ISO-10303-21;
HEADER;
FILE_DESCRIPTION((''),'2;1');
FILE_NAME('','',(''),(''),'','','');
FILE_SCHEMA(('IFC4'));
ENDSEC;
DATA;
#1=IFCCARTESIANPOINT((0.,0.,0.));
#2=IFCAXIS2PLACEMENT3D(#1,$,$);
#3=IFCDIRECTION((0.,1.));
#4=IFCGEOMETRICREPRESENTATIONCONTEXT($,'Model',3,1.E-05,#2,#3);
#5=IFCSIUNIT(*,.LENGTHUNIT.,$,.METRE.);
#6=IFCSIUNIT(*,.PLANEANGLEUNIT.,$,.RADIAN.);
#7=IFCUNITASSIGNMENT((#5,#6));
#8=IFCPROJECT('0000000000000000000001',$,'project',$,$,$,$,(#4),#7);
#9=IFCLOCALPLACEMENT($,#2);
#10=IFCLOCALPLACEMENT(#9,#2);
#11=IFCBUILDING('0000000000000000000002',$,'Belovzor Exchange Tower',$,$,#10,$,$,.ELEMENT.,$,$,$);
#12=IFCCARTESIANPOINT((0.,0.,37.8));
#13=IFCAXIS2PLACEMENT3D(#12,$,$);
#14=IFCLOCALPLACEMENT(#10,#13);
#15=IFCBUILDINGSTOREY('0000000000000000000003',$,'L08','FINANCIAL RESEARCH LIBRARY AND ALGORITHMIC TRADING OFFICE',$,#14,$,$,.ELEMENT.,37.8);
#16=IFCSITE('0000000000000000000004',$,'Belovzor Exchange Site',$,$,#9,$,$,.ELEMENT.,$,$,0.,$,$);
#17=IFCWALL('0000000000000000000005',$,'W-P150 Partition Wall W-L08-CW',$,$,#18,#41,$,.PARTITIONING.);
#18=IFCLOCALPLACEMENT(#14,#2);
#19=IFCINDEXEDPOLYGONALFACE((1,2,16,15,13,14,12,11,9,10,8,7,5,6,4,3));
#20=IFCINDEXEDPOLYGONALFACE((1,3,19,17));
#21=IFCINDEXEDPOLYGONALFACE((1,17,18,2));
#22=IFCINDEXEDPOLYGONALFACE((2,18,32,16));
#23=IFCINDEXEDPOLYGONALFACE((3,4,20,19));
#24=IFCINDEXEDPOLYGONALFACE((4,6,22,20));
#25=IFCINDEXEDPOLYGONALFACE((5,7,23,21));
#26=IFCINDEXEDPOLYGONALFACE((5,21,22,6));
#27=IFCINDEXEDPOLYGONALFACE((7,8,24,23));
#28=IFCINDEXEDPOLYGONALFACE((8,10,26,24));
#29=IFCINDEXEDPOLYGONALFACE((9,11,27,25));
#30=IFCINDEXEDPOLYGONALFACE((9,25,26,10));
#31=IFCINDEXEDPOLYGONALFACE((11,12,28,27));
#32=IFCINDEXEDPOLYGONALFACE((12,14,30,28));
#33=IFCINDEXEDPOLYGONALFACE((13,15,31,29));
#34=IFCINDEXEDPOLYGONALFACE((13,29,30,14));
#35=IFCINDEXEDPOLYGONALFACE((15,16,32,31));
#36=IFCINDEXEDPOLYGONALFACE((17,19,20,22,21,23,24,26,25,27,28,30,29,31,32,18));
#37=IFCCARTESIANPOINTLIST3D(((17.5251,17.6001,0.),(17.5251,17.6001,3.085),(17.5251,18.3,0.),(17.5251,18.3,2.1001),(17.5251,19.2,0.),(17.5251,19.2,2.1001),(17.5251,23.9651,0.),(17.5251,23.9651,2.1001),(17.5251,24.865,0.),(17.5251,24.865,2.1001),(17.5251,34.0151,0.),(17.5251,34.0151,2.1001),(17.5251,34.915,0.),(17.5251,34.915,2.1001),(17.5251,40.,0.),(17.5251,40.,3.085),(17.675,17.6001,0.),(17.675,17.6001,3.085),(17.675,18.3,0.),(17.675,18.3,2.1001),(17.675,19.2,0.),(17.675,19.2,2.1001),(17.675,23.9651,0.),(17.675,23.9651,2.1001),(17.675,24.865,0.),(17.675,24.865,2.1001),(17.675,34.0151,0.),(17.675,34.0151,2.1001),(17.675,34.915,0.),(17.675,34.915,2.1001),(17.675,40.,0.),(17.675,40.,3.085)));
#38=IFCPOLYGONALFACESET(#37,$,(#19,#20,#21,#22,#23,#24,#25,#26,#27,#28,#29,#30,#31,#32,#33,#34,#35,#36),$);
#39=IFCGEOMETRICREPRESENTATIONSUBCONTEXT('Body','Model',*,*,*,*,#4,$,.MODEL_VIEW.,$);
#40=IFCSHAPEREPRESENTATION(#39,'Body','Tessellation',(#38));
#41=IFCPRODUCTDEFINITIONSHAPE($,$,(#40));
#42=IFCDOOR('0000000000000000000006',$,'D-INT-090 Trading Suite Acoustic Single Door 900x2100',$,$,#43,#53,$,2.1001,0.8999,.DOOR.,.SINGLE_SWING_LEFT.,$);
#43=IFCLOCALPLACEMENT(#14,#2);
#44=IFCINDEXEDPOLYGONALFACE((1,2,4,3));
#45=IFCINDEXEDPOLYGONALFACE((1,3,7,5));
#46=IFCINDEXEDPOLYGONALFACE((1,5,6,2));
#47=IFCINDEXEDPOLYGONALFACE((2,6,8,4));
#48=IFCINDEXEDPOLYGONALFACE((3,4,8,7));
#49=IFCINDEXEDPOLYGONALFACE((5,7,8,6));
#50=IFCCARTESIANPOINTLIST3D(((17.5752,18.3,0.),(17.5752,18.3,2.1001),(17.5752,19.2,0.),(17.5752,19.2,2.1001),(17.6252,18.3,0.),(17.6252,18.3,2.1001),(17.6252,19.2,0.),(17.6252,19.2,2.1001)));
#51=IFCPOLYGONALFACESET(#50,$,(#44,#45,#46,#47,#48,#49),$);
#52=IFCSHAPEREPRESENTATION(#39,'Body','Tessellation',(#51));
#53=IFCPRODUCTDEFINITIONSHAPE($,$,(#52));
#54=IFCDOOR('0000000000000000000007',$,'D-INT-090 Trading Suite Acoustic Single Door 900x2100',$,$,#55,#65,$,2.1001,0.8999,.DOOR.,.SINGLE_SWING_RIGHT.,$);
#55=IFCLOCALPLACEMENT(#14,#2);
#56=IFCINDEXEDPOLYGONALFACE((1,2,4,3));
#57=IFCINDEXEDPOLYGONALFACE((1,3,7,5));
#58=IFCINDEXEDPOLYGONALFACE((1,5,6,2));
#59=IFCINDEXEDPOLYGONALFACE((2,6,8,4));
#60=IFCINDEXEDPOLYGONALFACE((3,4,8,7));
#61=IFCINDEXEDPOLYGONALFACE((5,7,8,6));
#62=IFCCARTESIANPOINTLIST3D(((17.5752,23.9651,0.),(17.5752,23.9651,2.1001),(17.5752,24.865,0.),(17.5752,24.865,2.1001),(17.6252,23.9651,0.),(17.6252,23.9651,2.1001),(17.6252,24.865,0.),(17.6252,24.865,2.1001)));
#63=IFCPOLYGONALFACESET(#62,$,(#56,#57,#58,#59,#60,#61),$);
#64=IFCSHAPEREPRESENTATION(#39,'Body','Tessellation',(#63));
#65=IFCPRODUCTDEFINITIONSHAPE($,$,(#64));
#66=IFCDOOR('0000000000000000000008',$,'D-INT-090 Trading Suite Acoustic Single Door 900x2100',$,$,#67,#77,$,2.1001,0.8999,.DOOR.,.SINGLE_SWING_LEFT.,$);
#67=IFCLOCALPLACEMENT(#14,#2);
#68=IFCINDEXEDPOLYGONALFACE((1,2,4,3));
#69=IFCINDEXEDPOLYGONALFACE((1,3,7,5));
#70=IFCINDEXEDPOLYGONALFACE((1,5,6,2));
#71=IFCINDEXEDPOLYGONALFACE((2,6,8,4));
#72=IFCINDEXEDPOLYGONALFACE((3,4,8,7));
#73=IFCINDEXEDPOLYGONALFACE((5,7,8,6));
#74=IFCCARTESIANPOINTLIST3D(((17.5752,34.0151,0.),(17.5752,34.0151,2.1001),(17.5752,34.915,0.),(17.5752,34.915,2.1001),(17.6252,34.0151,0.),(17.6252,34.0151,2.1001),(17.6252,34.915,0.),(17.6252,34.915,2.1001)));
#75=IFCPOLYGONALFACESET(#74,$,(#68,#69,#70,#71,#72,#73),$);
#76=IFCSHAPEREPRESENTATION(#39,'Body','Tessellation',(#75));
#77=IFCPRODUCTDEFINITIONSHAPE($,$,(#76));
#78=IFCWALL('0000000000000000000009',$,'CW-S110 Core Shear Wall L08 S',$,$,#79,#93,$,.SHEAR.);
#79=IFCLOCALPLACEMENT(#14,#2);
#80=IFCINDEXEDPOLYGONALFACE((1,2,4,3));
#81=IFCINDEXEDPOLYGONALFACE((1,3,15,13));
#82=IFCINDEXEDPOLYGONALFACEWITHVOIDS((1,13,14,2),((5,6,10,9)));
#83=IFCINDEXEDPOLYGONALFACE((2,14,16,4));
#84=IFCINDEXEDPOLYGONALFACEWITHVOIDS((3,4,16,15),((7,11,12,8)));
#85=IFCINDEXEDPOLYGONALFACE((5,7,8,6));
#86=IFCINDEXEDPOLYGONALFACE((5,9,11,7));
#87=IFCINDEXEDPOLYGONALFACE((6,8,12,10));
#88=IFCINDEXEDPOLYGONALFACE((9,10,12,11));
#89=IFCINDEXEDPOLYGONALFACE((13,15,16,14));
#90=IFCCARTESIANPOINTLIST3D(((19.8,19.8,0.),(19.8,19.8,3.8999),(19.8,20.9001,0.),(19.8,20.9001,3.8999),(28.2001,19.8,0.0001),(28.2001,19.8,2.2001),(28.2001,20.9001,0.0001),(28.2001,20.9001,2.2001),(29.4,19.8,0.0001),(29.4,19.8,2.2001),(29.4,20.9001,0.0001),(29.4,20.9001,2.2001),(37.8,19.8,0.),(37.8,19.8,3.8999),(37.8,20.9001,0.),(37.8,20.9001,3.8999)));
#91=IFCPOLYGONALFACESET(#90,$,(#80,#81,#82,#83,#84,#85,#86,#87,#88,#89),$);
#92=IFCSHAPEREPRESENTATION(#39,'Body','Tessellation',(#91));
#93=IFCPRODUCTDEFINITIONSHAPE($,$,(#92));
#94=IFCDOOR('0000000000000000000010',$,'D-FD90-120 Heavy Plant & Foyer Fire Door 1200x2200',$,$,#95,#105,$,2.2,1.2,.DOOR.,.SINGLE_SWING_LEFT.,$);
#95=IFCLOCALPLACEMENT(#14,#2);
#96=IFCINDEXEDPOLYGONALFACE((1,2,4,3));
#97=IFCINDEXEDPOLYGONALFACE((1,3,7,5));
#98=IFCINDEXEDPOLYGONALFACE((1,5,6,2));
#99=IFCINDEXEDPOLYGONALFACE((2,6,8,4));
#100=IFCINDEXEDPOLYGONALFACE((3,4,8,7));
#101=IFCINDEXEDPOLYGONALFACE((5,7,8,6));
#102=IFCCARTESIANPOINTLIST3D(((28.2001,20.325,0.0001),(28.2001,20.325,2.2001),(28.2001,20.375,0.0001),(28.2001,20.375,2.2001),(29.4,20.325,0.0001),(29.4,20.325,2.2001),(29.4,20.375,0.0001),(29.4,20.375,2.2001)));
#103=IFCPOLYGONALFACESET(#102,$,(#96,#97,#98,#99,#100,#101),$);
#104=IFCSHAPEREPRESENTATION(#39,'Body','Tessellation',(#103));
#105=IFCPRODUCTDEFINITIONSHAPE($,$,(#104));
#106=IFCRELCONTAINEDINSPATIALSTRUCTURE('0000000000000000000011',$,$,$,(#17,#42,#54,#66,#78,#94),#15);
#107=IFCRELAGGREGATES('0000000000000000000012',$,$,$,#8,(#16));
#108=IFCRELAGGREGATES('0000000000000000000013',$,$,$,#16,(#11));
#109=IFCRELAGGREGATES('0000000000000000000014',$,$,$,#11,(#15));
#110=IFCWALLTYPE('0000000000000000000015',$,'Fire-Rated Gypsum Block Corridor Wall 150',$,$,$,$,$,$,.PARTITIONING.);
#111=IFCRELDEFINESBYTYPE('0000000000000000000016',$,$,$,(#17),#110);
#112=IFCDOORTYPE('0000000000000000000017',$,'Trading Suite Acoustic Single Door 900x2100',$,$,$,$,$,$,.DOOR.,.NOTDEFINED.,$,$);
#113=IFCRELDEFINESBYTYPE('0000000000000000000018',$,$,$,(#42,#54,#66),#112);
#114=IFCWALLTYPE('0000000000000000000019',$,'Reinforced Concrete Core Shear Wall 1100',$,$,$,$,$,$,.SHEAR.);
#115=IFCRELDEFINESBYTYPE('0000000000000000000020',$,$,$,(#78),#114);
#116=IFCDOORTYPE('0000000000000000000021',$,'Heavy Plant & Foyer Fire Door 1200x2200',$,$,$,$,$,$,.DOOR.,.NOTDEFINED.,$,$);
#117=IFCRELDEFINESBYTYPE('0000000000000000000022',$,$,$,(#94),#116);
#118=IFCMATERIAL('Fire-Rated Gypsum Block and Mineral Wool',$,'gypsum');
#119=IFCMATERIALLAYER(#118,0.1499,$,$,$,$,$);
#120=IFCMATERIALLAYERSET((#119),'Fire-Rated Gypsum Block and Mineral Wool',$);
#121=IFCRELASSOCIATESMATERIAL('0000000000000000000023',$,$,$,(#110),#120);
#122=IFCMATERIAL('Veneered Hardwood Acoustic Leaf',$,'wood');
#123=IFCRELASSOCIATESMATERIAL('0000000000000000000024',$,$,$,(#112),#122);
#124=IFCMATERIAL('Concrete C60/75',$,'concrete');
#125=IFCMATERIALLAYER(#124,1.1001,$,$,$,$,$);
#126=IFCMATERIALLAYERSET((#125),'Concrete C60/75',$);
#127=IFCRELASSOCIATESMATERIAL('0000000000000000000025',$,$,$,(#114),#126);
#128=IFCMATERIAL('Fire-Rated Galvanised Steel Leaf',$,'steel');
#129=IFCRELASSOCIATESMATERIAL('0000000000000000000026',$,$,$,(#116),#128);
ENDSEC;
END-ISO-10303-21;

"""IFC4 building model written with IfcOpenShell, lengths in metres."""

from ifc_helpers import new_model, si_unit, direction, frame, frame_2d, origin, place, context, subcontext, project, spatial, rectangle, extrude, material, layer, layer_set, type_object, element, fill, save


model = new_model("IFC4")

# Units and contexts
model_context = context("Model", 3, precision=1e-05, world=origin(), true_north=direction((0.0, 1.0)))
body_context = subcontext(model_context, "Body", "Model", "MODEL_VIEW")
ifc_project = project(units=[si_unit("LENGTHUNIT", "METRE"), si_unit("PLANEANGLEUNIT", "RADIAN")], contexts=[model_context])

# Site, building, storey
site_placement = place(None, origin())
site = spatial("IfcSite", under=ifc_project, at=site_placement, Name="Belovzor Exchange Site", CompositionType="ELEMENT", RefElevation=0.0)
building_placement = place(site_placement, origin())
building = spatial("IfcBuilding", under=site, at=building_placement, Name="Belovzor Exchange Tower", CompositionType="ELEMENT")
storey_placement = place(building_placement, frame((0.0, 0.0, 37.8)))
storey = spatial("IfcBuildingStorey", under=building, at=storey_placement, Name="L08", Description="FINANCIAL RESEARCH LIBRARY AND ALGORITHMIC TRADING OFFICE", CompositionType="ELEMENT", Elevation=37.8)

# Wall, openings, doors
ifc_material_1 = material(Name="Fire-Rated Gypsum Block and Mineral Wool", Category="gypsum")
ifc_layer_1 = layer(ifc_material_1, 0.1499)
ifc_layer_set_1 = layer_set([ifc_layer_1], Name="Fire-Rated Gypsum Block and Mineral Wool")
wall_type_1 = type_object("IfcWallType", Name="Fire-Rated Gypsum Block Corridor Wall 150", PredefinedType="PARTITIONING", material=ifc_layer_set_1)
ifc_material_2 = material(Name="Veneered Hardwood Acoustic Leaf", Category="wood")
door_type_1 = type_object("IfcDoorType", Name="Trading Suite Acoustic Single Door 900x2100", OperationType="NOTDEFINED", PredefinedType="DOOR", material=ifc_material_2)
wall_1_placement = place(storey_placement, frame((17.6001, 17.6001, 0.0), z_axis=(0.0, 0.0, 1.0), x_axis=(0.0, 1.0, 0.0)))
wall_1 = element("IfcWall", 1, at=wall_1_placement, inside=storey, type_object=wall_type_1, Name="W-P150 Partition Wall W-L08-CW", PredefinedType="PARTITIONING", context=body_context, shape_type="SweptSolid", body=[
    extrude(rectangle(XDim=22.3999, YDim=0.1499, at=frame_2d((11.2, 0.0))), origin(), (0.0, 0.0, 1.0), 3.085),
])
opening_1_placement = place(wall_1_placement, frame((0.7, 0.0, 0.0)))
opening_1 = element("IfcOpeningElement", 2, at=opening_1_placement, cuts=wall_1, PredefinedType="OPENING", context=body_context, shape_type="SweptSolid", body=[
    extrude(rectangle(XDim=0.8999, YDim=2.1001, at=frame_2d((0.45, 1.05))), frame((0.0, 0.085, 0.0), z_axis=(0.0, -1.0, 0.0), x_axis=(1.0, 0.0, 0.0)), (0.0, 0.0, 1.0), 0.1699),
])
opening_2_placement = place(wall_1_placement, frame((6.365, 0.0, 0.0)))
opening_2 = element("IfcOpeningElement", 3, at=opening_2_placement, cuts=wall_1, PredefinedType="OPENING", context=body_context, shape_type="SweptSolid", body=[
    extrude(rectangle(XDim=0.8999, YDim=2.1001, at=frame_2d((0.45, 1.05))), frame((0.0, 0.085, 0.0), z_axis=(0.0, -1.0, 0.0), x_axis=(1.0, 0.0, 0.0)), (0.0, 0.0, 1.0), 0.1699),
])
opening_3_placement = place(wall_1_placement, frame((16.415, 0.0, 0.0)))
opening_3 = element("IfcOpeningElement", 4, at=opening_3_placement, cuts=wall_1, PredefinedType="OPENING", context=body_context, shape_type="SweptSolid", body=[
    extrude(rectangle(XDim=0.8999, YDim=2.1001, at=frame_2d((0.45, 1.05))), frame((0.0, 0.085, 0.0), z_axis=(0.0, -1.0, 0.0), x_axis=(1.0, 0.0, 0.0)), (0.0, 0.0, 1.0), 0.1699),
])
door_1_placement = place(opening_1_placement, origin())
door_1 = element("IfcDoor", 5, at=door_1_placement, inside=storey, type_object=door_type_1, Name="D-INT-090 Trading Suite Acoustic Single Door 900x2100", OperationType="SINGLE_SWING_LEFT", OverallHeight=2.1001, OverallWidth=0.8999, PredefinedType="DOOR", context=body_context, shape_type="SweptSolid", body=[
    extrude(rectangle(XDim=0.8999, YDim=2.1001, at=frame_2d((0.45, 1.05))), frame((0.0, 0.0249, 0.0), z_axis=(0.0, -1.0, 0.0), x_axis=(1.0, 0.0, 0.0)), (0.0, 0.0, 1.0), 0.05),
])
fill(opening_1, door_1)
door_2_placement = place(opening_2_placement, origin())
door_2 = element("IfcDoor", 6, at=door_2_placement, inside=storey, type_object=door_type_1, Name="D-INT-090 Trading Suite Acoustic Single Door 900x2100", OperationType="SINGLE_SWING_RIGHT", OverallHeight=2.1001, OverallWidth=0.8999, PredefinedType="DOOR", context=body_context, shape_type="SweptSolid", body=[
    extrude(rectangle(XDim=0.8999, YDim=2.1001, at=frame_2d((0.45, 1.05))), frame((0.0, 0.0249, 0.0), z_axis=(0.0, -1.0, 0.0), x_axis=(1.0, 0.0, 0.0)), (0.0, 0.0, 1.0), 0.05),
])
fill(opening_2, door_2)
door_3_placement = place(opening_3_placement, origin())
door_3 = element("IfcDoor", 7, at=door_3_placement, inside=storey, type_object=door_type_1, Name="D-INT-090 Trading Suite Acoustic Single Door 900x2100", OperationType="SINGLE_SWING_LEFT", OverallHeight=2.1001, OverallWidth=0.8999, PredefinedType="DOOR", context=body_context, shape_type="SweptSolid", body=[
    extrude(rectangle(XDim=0.8999, YDim=2.1001, at=frame_2d((0.45, 1.05))), frame((0.0, 0.0249, 0.0), z_axis=(0.0, -1.0, 0.0), x_axis=(1.0, 0.0, 0.0)), (0.0, 0.0, 1.0), 0.05),
])
fill(opening_3, door_3)

# Wall, opening, door
ifc_material_3 = material(Name="Concrete C60/75", Category="concrete")
ifc_layer_2 = layer(ifc_material_3, 1.1001)
ifc_layer_set_2 = layer_set([ifc_layer_2], Name="Concrete C60/75")
wall_type_2 = type_object("IfcWallType", Name="Reinforced Concrete Core Shear Wall 1100", PredefinedType="SHEAR", material=ifc_layer_set_2)
wall_2_placement = place(storey_placement, frame((19.8, 20.3501, 0.0), z_axis=(0.0, 0.0, 1.0), x_axis=(1.0, 0.0, 0.0)))
wall_2 = element("IfcWall", 8, at=wall_2_placement, inside=storey, type_object=wall_type_2, Name="CW-S110 Core Shear Wall L08 S", PredefinedType="SHEAR", context=body_context, shape_type="SweptSolid", body=[
    extrude(rectangle(XDim=18.0, YDim=1.1001, at=frame_2d((9.0, 0.0))), origin(), (0.0, 0.0, 1.0), 3.8999),
])
opening_4_placement = place(wall_2_placement, frame((8.3999, 0.0, 0.0)))
opening_4 = element("IfcOpeningElement", 9, at=opening_4_placement, cuts=wall_2, PredefinedType="OPENING", context=body_context, shape_type="SweptSolid", body=[
    extrude(rectangle(XDim=1.2, YDim=2.2, at=frame_2d((0.6001, 1.1001))), frame((0.0, 0.5601, 0.0), z_axis=(0.0, -1.0, 0.0), x_axis=(1.0, 0.0, 0.0)), (0.0, 0.0, 1.0), 1.1201),
])
ifc_material_4 = material(Name="Fire-Rated Galvanised Steel Leaf", Category="steel")
door_type_2 = type_object("IfcDoorType", Name="Heavy Plant & Foyer Fire Door 1200x2200", OperationType="NOTDEFINED", PredefinedType="DOOR", material=ifc_material_4)
door_4_placement = place(opening_4_placement, origin())
door_4 = element("IfcDoor", 10, at=door_4_placement, inside=storey, type_object=door_type_2, Name="D-FD90-120 Heavy Plant & Foyer Fire Door 1200x2200", OperationType="SINGLE_SWING_LEFT", OverallHeight=2.2, OverallWidth=1.2, PredefinedType="DOOR", context=body_context, shape_type="SweptSolid", body=[
    extrude(rectangle(XDim=1.2, YDim=2.2, at=frame_2d((0.6001, 1.1001))), frame((0.0, 0.0249, 0.0), z_axis=(0.0, -1.0, 0.0), x_axis=(1.0, 0.0, 0.0)), (0.0, 0.0, 1.0), 0.05),
])
fill(opening_4, door_4)

save(model, "model.ifc")
